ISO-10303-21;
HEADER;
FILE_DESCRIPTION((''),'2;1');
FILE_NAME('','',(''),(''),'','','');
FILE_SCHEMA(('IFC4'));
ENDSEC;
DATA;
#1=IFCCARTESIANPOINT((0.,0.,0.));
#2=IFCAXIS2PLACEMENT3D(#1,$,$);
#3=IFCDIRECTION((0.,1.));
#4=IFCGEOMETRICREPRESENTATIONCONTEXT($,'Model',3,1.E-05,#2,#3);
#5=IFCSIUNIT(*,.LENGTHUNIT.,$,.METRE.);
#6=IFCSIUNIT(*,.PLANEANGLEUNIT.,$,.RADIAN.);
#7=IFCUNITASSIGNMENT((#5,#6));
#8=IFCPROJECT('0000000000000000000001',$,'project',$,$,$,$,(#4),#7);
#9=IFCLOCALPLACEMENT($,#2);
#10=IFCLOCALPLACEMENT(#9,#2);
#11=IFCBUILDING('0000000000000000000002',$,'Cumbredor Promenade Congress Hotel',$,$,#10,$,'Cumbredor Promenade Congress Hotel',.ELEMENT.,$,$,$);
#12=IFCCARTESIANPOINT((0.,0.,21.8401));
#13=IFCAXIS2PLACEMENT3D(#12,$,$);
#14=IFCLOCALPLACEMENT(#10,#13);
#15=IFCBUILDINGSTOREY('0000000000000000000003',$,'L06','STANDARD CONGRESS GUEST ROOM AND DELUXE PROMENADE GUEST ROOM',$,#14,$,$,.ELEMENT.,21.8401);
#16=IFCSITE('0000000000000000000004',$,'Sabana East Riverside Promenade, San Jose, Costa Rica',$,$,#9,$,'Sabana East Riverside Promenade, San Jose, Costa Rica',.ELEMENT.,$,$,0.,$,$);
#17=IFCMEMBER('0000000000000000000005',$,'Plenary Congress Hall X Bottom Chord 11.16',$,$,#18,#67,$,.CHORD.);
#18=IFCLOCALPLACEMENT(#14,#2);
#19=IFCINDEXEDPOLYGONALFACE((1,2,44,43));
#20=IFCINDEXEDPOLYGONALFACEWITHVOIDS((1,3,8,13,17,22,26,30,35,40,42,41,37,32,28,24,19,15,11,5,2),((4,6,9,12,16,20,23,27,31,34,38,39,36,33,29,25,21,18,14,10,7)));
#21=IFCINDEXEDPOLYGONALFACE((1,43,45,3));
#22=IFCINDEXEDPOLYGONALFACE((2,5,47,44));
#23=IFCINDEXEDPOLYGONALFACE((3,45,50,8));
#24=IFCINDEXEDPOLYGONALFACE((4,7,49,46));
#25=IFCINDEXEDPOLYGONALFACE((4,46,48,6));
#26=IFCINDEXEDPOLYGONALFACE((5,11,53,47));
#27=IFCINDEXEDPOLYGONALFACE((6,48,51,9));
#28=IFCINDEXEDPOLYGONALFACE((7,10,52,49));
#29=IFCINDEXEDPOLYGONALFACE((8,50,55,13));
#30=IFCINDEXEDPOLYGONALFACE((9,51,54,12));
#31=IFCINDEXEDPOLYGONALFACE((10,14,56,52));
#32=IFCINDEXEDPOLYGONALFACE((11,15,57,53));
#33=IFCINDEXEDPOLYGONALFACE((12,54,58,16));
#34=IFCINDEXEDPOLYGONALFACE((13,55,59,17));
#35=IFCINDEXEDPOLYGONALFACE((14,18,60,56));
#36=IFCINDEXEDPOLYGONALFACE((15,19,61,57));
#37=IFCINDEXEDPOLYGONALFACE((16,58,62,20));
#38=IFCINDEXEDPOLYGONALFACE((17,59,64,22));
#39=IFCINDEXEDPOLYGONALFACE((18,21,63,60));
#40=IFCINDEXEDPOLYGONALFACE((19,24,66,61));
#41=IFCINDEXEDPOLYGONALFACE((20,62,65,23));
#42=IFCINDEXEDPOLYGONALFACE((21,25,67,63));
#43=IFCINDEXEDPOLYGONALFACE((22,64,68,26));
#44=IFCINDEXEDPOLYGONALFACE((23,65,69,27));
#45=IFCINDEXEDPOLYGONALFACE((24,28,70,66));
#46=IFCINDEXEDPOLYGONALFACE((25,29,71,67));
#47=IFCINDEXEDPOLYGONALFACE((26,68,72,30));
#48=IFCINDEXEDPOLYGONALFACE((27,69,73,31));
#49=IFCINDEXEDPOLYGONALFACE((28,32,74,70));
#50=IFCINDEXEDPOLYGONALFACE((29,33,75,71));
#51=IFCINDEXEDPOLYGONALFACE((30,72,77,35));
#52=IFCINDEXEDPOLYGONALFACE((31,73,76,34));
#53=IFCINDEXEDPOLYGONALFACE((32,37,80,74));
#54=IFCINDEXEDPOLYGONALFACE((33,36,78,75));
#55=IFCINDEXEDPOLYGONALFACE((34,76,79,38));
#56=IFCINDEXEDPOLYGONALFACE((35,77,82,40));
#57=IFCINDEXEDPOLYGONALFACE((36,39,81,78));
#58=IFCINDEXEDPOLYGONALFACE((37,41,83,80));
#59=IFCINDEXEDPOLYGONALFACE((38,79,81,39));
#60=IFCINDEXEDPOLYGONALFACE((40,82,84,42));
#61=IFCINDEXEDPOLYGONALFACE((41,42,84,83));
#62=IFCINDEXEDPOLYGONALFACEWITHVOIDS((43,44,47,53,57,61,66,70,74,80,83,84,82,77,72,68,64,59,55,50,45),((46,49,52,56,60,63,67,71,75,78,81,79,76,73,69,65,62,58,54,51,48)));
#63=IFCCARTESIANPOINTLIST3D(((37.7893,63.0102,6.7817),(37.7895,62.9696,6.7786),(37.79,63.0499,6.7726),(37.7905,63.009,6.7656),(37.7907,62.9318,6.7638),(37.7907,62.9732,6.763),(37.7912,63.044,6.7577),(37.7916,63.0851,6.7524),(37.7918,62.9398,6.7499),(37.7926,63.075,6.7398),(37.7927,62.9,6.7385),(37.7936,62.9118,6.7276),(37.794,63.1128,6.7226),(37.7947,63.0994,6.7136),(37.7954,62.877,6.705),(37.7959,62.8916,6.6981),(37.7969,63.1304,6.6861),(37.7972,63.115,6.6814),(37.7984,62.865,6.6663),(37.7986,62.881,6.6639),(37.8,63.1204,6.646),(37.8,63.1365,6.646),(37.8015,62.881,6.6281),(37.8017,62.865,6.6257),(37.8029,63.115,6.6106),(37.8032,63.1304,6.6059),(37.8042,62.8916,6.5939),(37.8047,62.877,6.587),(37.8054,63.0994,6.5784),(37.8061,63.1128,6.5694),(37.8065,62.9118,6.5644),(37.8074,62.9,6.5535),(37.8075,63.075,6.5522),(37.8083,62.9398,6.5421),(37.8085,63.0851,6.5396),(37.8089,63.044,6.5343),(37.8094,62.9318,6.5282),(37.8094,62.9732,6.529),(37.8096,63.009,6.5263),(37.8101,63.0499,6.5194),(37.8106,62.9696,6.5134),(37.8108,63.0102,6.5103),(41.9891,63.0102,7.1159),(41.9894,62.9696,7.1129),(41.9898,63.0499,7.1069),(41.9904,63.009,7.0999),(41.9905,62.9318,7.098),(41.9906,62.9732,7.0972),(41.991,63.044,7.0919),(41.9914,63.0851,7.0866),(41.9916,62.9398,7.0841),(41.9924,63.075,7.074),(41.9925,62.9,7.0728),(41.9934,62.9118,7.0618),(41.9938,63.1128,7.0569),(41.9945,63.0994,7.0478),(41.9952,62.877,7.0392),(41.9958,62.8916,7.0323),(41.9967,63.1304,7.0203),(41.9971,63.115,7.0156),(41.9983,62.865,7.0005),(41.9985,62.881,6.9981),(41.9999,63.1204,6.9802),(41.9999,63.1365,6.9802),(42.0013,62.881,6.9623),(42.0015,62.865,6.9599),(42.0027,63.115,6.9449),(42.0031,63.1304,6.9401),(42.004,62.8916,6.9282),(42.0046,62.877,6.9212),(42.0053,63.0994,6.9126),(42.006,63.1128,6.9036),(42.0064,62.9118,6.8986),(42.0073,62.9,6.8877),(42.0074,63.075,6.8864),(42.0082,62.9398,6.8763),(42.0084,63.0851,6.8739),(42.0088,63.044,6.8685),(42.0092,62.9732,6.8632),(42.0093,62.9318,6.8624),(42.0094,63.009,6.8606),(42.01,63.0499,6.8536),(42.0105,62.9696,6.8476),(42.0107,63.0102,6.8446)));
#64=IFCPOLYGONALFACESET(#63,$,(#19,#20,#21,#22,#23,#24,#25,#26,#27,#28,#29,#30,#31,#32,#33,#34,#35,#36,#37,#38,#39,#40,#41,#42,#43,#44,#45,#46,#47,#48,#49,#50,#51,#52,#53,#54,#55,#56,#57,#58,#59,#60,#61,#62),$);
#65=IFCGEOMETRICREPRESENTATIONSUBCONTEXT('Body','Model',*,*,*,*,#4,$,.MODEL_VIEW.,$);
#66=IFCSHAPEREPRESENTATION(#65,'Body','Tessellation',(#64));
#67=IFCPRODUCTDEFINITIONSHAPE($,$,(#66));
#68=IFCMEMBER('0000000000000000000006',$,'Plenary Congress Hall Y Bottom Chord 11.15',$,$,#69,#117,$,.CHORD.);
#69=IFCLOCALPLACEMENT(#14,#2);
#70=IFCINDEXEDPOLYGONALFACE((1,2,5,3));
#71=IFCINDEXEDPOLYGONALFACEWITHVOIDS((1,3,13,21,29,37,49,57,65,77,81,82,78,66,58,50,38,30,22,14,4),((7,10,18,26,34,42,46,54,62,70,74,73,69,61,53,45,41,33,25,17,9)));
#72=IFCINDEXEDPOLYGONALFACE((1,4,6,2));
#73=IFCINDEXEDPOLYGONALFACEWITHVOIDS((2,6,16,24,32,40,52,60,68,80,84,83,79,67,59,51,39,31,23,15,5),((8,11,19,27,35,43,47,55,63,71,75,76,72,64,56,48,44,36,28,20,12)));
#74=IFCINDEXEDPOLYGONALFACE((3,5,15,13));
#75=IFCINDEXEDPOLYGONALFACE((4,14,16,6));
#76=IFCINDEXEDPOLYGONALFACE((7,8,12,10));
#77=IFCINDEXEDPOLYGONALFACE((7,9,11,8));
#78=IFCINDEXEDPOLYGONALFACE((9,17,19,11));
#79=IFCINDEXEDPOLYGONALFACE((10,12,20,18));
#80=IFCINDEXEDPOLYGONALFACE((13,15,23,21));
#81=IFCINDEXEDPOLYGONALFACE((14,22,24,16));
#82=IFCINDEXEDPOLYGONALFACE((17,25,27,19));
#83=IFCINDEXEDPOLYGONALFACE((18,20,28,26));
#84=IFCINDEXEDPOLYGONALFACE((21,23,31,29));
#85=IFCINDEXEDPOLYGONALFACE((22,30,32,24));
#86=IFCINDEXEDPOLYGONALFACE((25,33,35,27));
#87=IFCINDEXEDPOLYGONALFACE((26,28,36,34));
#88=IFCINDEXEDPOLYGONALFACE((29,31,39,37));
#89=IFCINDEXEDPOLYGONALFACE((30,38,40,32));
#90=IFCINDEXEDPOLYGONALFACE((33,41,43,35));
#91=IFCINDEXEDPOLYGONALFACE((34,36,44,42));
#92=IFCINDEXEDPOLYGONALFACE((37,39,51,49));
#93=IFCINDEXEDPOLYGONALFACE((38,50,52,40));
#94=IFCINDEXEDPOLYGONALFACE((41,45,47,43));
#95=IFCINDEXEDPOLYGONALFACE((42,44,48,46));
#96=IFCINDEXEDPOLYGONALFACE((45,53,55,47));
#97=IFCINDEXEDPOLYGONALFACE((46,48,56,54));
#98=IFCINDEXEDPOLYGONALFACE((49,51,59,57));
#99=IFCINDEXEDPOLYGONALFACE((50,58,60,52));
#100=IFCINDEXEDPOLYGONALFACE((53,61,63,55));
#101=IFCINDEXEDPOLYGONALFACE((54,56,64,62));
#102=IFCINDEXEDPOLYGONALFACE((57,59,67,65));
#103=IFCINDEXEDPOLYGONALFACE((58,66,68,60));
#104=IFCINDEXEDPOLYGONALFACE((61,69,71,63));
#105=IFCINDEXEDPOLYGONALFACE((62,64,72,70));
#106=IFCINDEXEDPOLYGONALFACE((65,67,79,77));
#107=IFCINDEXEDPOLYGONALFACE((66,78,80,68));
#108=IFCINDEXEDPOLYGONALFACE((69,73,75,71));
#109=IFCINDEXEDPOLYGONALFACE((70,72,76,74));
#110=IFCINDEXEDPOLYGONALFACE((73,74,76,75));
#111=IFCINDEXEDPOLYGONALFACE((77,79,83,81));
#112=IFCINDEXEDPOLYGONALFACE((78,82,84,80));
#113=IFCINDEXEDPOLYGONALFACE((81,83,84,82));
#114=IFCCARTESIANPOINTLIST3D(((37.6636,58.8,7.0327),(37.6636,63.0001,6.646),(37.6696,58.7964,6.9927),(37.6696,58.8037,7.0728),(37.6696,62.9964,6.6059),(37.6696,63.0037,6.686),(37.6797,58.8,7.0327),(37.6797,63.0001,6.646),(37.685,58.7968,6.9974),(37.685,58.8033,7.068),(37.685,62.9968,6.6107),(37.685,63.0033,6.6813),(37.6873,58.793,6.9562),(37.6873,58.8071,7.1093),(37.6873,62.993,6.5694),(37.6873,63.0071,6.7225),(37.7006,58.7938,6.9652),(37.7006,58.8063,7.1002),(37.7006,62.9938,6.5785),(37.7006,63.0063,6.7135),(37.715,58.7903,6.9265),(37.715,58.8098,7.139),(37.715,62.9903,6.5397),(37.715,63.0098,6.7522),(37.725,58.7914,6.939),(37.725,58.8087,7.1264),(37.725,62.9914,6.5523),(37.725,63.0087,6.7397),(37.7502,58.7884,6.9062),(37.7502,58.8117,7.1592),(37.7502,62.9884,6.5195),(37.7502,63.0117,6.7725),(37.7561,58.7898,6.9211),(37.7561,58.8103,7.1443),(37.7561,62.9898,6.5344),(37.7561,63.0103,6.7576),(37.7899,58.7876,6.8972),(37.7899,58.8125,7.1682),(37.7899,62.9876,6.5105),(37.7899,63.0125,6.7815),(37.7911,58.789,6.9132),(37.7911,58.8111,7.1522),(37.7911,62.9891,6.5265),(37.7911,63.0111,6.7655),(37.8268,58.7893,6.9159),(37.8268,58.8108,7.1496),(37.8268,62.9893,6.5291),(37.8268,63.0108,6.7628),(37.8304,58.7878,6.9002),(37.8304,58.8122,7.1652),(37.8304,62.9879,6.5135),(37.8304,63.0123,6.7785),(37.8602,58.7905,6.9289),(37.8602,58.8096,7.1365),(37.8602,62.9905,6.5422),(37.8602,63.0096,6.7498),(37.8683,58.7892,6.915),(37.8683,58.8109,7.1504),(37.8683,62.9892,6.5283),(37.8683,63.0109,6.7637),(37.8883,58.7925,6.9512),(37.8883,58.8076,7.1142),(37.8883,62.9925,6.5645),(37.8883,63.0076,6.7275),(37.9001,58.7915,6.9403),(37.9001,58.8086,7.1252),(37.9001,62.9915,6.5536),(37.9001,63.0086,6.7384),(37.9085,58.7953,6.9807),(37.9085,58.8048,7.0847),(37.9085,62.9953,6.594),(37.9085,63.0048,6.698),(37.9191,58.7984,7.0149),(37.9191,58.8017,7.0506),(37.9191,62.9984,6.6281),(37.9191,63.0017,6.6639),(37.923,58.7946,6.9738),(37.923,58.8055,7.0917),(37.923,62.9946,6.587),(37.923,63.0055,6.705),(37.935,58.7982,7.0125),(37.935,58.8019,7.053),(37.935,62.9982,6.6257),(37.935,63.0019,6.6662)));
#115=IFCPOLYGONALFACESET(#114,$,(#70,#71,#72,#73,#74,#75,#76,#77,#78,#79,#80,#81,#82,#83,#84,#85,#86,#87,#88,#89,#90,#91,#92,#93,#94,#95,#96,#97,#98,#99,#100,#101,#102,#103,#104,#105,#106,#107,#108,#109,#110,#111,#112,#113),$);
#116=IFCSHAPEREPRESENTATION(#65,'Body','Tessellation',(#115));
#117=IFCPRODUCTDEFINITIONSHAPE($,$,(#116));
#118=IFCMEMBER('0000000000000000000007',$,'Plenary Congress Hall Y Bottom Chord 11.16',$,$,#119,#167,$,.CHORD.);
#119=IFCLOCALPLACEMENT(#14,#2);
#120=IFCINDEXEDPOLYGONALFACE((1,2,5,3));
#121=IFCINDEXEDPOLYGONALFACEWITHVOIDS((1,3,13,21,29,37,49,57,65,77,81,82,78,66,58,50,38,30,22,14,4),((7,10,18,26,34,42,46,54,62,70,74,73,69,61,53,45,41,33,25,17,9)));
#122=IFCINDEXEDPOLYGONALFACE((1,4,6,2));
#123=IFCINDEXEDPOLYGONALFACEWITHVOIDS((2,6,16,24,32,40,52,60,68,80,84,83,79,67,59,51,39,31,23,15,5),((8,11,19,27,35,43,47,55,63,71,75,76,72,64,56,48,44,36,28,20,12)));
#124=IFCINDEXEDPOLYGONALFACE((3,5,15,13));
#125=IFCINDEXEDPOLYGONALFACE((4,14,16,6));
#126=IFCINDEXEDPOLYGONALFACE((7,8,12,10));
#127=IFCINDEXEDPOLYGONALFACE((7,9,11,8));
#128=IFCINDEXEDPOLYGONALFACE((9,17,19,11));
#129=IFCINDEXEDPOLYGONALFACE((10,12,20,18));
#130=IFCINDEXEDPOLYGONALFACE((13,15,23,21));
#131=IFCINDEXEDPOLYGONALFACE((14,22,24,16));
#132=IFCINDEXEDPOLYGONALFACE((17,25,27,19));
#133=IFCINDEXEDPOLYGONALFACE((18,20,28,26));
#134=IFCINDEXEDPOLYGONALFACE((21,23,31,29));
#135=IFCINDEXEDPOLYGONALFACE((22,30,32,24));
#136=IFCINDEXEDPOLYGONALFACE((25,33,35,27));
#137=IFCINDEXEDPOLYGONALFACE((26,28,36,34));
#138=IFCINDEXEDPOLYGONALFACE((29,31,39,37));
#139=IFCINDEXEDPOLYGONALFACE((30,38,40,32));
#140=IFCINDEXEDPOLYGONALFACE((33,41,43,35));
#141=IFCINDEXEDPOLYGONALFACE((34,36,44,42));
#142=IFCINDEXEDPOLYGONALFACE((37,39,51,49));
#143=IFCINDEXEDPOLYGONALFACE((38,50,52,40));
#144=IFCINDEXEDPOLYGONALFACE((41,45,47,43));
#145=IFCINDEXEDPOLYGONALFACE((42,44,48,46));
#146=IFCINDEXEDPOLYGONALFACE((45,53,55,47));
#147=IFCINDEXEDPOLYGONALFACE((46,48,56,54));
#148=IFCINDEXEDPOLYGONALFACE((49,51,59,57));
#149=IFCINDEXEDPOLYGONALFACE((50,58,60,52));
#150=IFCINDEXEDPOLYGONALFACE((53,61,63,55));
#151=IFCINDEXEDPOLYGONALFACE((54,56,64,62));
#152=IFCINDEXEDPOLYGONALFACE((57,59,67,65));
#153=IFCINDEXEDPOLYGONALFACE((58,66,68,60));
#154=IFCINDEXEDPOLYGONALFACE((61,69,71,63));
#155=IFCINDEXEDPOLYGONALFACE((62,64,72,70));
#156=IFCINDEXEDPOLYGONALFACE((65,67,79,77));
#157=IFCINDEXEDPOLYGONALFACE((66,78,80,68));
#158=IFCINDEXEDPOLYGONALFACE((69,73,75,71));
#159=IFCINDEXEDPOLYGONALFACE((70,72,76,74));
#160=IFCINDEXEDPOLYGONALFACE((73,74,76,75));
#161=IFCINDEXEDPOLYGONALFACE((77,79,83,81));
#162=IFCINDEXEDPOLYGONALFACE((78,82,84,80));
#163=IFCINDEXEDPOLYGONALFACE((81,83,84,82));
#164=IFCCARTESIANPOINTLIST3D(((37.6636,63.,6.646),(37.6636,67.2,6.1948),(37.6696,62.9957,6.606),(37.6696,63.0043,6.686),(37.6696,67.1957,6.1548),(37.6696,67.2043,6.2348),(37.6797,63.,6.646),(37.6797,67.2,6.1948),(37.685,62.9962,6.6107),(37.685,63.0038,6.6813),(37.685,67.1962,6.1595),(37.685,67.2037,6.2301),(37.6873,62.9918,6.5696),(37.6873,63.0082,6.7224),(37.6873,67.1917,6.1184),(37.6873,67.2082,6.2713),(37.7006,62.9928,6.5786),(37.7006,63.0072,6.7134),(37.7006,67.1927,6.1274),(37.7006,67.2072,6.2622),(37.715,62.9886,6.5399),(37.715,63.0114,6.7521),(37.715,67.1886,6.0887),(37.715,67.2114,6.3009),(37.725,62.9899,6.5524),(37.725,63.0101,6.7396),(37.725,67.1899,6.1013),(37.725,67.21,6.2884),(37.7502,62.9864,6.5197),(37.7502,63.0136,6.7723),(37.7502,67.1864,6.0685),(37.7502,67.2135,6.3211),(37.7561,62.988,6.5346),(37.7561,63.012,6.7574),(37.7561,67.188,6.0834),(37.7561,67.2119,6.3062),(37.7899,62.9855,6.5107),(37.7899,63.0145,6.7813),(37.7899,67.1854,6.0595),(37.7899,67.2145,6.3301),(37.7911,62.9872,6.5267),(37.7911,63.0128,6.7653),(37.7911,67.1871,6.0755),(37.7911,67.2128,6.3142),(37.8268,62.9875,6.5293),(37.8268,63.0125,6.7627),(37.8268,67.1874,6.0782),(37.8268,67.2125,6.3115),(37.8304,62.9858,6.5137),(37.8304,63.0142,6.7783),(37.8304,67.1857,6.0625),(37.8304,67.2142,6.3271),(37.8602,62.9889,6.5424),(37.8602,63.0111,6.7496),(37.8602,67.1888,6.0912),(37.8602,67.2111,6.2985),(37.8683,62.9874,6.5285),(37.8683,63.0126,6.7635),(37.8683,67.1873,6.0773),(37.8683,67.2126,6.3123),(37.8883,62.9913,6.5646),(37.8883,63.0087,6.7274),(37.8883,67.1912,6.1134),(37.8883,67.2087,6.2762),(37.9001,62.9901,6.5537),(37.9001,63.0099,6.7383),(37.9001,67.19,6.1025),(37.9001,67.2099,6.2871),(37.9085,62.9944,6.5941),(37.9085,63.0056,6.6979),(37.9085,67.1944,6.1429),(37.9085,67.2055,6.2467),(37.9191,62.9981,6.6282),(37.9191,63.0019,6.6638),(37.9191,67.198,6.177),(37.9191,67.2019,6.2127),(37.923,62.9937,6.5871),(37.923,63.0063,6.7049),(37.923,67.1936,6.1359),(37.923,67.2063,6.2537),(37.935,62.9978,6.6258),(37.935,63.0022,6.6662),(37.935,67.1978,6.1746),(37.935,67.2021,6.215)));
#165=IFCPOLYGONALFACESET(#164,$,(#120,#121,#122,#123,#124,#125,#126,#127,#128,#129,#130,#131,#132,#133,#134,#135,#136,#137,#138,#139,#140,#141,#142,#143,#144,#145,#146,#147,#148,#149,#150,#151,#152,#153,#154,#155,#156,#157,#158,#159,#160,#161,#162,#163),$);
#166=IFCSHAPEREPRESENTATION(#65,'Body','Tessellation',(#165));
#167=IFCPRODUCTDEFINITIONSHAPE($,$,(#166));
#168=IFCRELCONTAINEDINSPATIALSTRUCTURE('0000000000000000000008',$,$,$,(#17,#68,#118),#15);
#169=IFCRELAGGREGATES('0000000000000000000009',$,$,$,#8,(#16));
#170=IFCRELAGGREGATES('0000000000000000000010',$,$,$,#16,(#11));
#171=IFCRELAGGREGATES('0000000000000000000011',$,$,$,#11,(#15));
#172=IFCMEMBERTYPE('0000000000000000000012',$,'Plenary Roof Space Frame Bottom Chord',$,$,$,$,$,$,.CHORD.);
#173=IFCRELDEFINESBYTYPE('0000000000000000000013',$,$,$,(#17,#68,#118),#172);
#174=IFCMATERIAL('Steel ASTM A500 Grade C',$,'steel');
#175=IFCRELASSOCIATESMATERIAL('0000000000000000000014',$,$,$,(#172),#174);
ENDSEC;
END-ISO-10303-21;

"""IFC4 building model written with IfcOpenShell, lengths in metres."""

from ifc_helpers import new_model, si_unit, direction, frame, origin, origin_2d, place, context, subcontext, project, spatial, hollow_circle, extrude, material, material_profile, profile_set, type_object, element, save


model = new_model("IFC4")

# Units and contexts
model_context = context("Model", 3, precision=1e-05, world=origin(), true_north=direction((0.0, 1.0)))
body_context = subcontext(model_context, "Body", "Model", "MODEL_VIEW")
ifc_project = project(units=[si_unit("LENGTHUNIT", "METRE"), si_unit("PLANEANGLEUNIT", "RADIAN")], contexts=[model_context])

# Site, building, storey
site_placement = place(None, origin())
site = spatial("IfcSite", under=ifc_project, at=site_placement, Name="Sabana East Riverside Promenade, San Jose, Costa Rica", LongName="Sabana East Riverside Promenade, San Jose, Costa Rica", CompositionType="ELEMENT", RefElevation=0.0)
building_placement = place(site_placement, origin())
building = spatial("IfcBuilding", under=site, at=building_placement, Name="Cumbredor Promenade Congress Hotel", LongName="Cumbredor Promenade Congress Hotel", CompositionType="ELEMENT")
storey_placement = place(building_placement, frame((0.0, 0.0, 21.8401)))
storey = spatial("IfcBuildingStorey", under=building, at=storey_placement, Name="L06", Description="STANDARD CONGRESS GUEST ROOM AND DELUXE PROMENADE GUEST ROOM", CompositionType="ELEMENT", Elevation=21.8401)

# Members
ifc_material_1 = material(Name="Steel ASTM A500 Grade C", Category="steel")
ifc_material_profile_1 = material_profile(ifc_material_1, hollow_circle(Radius=0.1365, WallThickness=0.0161, at=origin_2d()), Name="CHS 273.0x16")
ifc_profile_set_1 = profile_set([ifc_material_profile_1], Name="Steel ASTM A500 Grade C")
member_type_1 = type_object("IfcMemberType", Name="Plenary Roof Space Frame Bottom Chord", PredefinedType="CHORD", material=ifc_profile_set_1)
member_1_placement = place(storey_placement, frame((37.8, 63.0, 6.646), z_axis=(0.996849, 0.0, 0.079328), x_axis=(0.0, 1.0, 0.0)))
element("IfcMember", 1, at=member_1_placement, inside=storey, type_object=member_type_1, Name="Plenary Congress Hall X Bottom Chord 11.16", PredefinedType="CHORD", context=body_context, shape_type="SweptSolid", body=[
    extrude(hollow_circle(Radius=0.1365, WallThickness=0.0161, at=origin_2d()), origin(), (0.0, 0.0, 1.0), 4.2131),
])
member_2_placement = place(storey_placement, frame((37.8, 58.8, 7.0327), z_axis=(0.0, 0.995788, -0.091689), x_axis=(-1.0, 0.0, 0.0)))
element("IfcMember", 2, at=member_2_placement, inside=storey, type_object=member_type_1, Name="Plenary Congress Hall Y Bottom Chord 11.15", PredefinedType="CHORD", context=body_context, shape_type="SweptSolid", body=[
    extrude(hollow_circle(Radius=0.1365, WallThickness=0.0161, at=origin_2d()), origin(), (0.0, 0.0, 1.0), 4.2178),
])
member_3_placement = place(storey_placement, frame((37.8, 63.0, 6.646), z_axis=(0.0, 0.99428, -0.106809), x_axis=(-1.0, 0.0, 0.0)))
element("IfcMember", 3, at=member_3_placement, inside=storey, type_object=member_type_1, Name="Plenary Congress Hall Y Bottom Chord 11.16", PredefinedType="CHORD", context=body_context, shape_type="SweptSolid", body=[
    extrude(hollow_circle(Radius=0.1365, WallThickness=0.0161, at=origin_2d()), origin(), (0.0, 0.0, 1.0), 4.2241),
])

save(model, "model.ifc")
